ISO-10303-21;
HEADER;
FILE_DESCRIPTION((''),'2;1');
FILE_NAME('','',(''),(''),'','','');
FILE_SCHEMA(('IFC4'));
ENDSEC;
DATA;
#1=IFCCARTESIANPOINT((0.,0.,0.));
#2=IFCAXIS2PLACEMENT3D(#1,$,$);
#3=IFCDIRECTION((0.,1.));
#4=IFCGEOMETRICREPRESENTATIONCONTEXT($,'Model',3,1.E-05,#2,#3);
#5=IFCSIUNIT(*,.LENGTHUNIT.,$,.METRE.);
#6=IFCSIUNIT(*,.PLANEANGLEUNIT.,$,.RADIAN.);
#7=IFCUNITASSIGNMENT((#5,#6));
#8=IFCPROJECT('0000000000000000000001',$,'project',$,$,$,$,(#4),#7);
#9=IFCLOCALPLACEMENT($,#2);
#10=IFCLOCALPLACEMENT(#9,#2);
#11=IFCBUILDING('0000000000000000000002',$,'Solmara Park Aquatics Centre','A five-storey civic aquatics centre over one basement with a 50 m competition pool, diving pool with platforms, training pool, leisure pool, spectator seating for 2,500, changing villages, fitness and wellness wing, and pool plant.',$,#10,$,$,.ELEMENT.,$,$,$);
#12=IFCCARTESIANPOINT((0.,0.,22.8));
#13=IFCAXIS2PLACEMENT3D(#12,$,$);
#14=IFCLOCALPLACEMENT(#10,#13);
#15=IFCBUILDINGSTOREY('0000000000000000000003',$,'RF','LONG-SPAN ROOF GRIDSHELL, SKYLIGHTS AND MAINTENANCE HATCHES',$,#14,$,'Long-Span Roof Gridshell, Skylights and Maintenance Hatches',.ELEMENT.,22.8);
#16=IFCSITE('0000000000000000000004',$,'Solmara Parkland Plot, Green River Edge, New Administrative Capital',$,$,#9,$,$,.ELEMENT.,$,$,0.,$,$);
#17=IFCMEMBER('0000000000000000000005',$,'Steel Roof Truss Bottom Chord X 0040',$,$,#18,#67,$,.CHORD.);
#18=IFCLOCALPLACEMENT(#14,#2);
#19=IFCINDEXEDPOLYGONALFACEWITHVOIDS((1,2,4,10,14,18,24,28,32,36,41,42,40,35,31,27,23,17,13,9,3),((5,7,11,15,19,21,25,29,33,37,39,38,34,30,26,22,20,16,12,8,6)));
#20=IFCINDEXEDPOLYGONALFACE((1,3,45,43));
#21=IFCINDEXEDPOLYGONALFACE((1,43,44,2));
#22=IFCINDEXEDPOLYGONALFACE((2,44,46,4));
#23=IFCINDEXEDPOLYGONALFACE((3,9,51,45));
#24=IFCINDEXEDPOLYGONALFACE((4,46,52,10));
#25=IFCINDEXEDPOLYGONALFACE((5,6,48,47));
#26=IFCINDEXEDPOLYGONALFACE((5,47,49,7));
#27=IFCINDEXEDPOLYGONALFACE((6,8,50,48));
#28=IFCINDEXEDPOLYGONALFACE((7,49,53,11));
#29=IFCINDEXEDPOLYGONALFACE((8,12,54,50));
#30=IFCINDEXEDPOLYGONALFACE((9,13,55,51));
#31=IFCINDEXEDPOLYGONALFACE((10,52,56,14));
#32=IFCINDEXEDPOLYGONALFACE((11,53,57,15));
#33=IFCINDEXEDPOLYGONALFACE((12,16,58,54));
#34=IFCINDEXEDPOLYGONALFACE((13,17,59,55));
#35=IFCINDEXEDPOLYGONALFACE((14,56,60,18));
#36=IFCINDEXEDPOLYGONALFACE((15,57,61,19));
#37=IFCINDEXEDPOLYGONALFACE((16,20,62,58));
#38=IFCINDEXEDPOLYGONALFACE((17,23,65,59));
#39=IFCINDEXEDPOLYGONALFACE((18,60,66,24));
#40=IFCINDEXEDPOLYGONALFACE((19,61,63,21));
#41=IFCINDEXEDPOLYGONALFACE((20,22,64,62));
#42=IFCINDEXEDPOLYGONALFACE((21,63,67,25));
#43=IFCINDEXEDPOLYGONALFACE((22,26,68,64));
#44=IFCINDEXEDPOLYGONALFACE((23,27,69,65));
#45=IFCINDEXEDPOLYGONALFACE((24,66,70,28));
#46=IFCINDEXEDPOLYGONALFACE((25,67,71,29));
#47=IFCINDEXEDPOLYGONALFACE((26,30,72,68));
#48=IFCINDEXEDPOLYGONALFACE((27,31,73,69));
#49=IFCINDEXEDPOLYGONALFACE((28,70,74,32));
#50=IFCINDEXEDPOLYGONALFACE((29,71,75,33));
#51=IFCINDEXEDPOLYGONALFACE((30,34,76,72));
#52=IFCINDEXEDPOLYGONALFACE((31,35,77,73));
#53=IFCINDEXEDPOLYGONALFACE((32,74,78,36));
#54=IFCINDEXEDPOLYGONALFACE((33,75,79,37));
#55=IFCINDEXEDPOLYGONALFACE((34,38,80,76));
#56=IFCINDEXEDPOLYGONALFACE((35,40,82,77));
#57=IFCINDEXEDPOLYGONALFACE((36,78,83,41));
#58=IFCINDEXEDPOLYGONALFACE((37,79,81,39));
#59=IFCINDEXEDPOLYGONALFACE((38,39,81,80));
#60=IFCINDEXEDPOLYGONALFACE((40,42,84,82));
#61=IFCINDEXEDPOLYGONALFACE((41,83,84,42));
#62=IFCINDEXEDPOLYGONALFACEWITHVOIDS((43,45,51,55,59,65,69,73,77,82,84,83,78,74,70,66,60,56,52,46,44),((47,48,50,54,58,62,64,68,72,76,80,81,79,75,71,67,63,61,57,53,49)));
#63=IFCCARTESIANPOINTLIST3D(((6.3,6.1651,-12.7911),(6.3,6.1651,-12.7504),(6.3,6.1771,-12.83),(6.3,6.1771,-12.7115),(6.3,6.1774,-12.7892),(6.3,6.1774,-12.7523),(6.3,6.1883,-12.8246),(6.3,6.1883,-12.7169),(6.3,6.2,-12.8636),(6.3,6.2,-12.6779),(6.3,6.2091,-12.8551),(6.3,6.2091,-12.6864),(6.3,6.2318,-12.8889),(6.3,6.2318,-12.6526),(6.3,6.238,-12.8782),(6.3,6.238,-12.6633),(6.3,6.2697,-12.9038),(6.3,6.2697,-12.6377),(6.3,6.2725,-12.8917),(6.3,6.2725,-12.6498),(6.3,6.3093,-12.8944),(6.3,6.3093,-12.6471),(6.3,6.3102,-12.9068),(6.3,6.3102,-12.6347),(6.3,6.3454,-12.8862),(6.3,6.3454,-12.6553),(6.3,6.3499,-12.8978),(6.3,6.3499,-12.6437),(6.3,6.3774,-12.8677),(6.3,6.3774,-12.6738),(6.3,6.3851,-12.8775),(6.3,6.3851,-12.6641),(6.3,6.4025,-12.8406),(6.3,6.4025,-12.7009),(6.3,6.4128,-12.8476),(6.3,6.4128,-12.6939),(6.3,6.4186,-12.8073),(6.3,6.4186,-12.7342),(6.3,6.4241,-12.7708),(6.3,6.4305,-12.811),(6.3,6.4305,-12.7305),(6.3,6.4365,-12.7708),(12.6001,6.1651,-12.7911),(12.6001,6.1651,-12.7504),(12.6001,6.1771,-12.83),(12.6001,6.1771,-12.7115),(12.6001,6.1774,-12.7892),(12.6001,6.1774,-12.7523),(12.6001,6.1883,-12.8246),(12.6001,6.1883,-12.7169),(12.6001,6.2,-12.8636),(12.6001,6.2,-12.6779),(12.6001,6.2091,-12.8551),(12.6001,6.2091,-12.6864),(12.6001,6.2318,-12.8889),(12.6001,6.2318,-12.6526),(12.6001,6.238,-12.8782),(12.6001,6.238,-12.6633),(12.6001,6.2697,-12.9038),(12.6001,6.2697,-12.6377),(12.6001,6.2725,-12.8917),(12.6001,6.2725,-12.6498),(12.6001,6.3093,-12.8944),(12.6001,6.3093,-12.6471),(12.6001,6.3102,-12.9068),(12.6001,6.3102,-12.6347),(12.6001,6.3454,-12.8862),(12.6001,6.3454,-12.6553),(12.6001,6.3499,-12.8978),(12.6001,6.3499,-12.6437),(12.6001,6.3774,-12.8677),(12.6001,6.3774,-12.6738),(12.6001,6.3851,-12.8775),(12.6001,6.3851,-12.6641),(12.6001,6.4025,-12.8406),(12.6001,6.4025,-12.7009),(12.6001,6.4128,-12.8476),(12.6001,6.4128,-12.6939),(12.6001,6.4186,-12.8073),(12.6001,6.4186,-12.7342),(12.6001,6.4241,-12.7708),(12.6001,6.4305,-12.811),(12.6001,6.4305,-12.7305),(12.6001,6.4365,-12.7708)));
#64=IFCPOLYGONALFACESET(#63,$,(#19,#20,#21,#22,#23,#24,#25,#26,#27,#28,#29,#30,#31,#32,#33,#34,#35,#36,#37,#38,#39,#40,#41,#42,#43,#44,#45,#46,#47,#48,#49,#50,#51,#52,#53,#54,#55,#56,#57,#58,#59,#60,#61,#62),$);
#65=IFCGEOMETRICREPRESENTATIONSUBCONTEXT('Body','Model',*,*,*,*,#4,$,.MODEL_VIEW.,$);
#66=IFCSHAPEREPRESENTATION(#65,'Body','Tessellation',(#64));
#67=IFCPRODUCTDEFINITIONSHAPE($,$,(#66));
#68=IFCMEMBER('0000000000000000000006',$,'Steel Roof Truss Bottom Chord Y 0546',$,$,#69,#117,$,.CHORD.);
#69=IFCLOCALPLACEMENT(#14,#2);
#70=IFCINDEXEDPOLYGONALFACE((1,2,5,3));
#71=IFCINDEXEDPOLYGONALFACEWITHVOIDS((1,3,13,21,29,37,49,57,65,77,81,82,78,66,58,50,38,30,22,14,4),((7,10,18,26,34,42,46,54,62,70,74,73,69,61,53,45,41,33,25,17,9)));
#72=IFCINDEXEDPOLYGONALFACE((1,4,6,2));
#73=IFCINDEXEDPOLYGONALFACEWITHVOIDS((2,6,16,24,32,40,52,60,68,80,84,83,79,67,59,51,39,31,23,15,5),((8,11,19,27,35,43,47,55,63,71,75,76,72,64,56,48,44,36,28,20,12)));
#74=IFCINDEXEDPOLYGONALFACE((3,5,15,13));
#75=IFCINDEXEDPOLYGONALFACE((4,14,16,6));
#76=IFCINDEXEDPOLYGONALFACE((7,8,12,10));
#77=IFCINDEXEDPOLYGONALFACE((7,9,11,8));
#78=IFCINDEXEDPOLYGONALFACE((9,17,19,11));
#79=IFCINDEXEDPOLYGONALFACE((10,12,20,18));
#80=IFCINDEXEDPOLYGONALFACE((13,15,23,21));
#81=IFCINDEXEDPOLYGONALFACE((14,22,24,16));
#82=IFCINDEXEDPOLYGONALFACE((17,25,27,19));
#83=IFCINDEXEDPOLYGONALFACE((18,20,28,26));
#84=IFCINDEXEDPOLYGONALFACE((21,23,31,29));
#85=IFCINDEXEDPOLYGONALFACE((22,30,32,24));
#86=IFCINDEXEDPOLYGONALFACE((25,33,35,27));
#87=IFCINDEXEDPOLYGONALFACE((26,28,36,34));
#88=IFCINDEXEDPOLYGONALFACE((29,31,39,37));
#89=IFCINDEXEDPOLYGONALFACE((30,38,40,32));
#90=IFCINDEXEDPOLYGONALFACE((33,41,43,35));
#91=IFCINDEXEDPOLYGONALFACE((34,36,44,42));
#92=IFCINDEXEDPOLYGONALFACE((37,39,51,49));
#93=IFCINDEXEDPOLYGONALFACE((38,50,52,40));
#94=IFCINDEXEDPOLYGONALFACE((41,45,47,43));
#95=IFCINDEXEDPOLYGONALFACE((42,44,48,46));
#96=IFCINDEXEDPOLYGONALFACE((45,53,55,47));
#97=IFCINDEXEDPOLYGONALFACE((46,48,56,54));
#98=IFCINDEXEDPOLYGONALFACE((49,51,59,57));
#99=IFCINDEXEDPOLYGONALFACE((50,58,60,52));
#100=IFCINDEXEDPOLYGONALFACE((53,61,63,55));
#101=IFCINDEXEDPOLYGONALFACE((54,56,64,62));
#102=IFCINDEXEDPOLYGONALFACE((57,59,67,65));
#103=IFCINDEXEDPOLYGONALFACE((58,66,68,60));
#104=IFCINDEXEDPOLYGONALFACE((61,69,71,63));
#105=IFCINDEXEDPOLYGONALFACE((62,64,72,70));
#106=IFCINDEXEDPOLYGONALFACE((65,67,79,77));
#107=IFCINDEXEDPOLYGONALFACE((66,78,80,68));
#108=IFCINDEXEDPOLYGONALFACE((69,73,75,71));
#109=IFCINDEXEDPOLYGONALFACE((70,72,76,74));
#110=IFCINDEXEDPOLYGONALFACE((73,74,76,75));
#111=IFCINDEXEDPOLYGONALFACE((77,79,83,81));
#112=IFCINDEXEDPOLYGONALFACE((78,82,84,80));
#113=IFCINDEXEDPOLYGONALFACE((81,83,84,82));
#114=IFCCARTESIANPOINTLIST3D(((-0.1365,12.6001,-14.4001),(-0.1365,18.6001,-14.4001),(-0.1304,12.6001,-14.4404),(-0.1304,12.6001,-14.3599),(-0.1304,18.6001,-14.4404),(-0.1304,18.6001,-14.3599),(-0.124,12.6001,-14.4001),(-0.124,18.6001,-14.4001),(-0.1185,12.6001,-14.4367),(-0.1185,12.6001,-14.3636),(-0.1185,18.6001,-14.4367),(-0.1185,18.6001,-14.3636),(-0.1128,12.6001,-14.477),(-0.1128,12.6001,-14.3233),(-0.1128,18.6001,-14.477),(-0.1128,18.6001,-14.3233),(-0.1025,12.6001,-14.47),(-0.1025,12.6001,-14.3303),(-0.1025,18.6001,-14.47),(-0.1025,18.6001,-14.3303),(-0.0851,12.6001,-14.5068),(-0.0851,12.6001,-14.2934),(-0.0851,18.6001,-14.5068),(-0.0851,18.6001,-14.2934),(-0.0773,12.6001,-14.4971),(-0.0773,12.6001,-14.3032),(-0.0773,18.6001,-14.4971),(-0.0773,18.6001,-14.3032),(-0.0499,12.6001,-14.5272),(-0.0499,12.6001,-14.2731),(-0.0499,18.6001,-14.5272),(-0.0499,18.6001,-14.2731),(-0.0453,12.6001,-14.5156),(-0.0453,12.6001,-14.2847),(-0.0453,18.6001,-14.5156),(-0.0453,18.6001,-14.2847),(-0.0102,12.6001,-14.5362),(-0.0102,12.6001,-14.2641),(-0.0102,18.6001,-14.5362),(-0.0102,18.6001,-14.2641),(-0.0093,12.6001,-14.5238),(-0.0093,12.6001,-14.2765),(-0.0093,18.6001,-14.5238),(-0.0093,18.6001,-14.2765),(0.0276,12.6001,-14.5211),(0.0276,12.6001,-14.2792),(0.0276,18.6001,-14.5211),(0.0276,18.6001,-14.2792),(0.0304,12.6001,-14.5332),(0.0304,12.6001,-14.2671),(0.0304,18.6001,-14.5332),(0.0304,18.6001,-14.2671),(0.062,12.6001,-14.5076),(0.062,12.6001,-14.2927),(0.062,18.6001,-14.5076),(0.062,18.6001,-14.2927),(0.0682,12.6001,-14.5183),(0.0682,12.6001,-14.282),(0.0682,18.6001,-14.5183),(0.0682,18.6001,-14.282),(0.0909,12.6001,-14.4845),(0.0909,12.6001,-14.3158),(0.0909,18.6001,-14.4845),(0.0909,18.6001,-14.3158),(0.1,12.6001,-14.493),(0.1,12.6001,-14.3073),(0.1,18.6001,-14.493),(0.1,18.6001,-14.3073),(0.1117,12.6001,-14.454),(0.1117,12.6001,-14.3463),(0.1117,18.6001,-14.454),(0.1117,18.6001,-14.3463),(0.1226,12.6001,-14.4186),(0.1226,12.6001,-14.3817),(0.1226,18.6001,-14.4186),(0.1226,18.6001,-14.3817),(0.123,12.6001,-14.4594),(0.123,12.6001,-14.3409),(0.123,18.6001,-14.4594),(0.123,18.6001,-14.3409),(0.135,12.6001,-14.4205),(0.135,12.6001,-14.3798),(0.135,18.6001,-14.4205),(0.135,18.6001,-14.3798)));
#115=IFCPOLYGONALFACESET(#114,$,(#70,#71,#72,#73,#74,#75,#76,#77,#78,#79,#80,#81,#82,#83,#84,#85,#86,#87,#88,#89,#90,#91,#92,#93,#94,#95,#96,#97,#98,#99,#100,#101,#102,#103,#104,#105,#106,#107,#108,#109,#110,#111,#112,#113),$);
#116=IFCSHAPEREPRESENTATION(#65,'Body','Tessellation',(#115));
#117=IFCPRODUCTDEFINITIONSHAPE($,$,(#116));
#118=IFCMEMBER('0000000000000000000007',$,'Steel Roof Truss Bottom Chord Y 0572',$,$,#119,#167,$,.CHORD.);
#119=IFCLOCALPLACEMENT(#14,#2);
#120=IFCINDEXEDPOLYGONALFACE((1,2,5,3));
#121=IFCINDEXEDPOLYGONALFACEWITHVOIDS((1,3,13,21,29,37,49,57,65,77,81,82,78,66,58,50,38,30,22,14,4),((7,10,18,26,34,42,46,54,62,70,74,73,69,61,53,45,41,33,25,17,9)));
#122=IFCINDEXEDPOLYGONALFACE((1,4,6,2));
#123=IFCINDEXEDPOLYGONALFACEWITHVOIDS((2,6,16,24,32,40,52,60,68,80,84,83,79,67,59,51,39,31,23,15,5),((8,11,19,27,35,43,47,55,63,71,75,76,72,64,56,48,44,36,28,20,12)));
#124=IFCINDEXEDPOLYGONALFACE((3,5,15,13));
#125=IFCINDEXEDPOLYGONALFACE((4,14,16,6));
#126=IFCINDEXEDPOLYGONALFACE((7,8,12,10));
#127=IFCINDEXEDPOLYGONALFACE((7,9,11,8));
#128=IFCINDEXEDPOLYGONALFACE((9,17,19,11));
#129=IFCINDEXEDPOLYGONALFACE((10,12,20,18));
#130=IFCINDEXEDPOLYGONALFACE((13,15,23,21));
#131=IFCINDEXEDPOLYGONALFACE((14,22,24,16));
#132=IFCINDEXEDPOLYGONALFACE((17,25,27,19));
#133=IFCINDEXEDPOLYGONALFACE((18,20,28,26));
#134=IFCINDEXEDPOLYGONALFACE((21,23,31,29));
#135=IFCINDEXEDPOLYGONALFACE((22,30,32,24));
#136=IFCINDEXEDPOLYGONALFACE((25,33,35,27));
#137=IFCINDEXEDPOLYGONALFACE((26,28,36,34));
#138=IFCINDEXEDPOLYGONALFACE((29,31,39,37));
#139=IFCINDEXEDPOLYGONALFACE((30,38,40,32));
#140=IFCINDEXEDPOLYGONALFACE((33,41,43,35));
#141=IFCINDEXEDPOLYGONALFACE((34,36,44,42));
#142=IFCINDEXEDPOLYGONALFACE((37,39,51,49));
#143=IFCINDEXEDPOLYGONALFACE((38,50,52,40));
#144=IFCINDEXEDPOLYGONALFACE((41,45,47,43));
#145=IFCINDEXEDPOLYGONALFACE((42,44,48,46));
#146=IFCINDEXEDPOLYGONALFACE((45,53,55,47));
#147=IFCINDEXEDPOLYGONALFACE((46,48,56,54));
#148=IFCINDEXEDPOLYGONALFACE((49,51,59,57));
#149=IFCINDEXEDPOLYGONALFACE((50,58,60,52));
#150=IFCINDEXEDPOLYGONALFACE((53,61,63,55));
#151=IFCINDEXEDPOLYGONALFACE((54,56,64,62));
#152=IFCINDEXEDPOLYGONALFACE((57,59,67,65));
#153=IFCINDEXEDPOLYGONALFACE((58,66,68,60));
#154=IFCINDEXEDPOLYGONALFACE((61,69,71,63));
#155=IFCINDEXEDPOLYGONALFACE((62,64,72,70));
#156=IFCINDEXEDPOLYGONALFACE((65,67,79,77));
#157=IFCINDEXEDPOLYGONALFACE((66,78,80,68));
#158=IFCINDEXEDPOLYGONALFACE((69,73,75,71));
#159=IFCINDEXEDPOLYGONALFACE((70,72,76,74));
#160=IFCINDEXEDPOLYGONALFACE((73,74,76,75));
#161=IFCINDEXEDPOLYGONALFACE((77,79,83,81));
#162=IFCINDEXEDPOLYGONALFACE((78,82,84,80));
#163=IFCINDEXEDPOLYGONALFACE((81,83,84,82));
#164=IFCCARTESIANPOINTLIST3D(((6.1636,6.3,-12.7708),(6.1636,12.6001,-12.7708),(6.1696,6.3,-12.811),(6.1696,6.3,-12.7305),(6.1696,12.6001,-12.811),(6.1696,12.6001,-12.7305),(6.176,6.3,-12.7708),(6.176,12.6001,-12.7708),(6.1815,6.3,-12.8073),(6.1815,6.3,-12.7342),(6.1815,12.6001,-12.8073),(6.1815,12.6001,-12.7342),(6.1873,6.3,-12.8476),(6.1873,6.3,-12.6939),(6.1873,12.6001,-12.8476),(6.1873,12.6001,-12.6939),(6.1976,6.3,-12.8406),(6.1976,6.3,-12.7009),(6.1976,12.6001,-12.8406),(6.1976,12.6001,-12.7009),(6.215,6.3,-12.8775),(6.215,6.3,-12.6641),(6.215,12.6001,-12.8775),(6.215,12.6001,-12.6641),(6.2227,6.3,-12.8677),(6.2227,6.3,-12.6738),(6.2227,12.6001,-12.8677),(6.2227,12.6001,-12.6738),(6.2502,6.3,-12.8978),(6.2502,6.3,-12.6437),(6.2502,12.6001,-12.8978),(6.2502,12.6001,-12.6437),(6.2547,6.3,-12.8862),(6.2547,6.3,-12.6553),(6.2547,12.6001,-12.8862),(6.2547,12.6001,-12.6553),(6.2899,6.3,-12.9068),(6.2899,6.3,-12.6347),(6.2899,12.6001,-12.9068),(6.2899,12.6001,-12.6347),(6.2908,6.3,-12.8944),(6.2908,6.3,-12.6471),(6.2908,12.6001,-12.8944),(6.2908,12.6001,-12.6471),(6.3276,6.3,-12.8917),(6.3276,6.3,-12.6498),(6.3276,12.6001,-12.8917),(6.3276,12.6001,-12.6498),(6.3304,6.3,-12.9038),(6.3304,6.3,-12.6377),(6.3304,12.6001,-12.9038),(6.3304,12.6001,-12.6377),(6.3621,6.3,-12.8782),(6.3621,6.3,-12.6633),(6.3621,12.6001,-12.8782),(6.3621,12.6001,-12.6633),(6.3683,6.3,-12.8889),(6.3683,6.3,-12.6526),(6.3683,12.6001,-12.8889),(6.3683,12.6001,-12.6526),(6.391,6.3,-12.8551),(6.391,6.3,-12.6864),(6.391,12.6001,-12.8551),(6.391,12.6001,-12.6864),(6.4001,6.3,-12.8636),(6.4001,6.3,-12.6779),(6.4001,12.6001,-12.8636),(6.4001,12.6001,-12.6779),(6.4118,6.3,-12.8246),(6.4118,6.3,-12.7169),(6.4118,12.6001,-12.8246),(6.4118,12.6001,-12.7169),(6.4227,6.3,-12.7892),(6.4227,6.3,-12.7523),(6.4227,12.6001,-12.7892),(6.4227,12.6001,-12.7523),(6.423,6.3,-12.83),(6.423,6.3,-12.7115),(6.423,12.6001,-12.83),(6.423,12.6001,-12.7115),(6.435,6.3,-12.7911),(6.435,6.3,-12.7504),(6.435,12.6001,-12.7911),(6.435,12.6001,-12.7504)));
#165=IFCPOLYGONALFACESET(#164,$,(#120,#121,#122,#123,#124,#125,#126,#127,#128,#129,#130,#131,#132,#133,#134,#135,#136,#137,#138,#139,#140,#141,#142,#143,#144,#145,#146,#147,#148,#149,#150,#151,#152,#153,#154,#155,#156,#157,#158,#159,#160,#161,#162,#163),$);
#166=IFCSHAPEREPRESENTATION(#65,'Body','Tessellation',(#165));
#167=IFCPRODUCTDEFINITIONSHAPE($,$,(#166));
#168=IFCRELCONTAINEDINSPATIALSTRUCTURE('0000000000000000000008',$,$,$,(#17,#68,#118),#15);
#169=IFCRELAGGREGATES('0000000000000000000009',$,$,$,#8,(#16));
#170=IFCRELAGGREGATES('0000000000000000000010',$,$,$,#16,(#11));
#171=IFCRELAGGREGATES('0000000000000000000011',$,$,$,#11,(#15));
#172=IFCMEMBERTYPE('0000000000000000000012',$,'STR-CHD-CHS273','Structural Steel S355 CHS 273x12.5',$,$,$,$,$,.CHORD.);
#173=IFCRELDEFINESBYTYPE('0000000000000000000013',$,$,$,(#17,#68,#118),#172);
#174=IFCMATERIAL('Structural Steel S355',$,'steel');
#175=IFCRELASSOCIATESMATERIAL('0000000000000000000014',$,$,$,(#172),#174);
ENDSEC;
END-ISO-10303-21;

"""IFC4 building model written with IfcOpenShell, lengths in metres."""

from ifc_helpers import new_model, si_unit, direction, frame, origin, origin_2d, place, context, subcontext, project, spatial, hollow_circle, extrude, material, material_profile, profile_set, type_object, element, save


model = new_model("IFC4")

# Units and contexts
model_context = context("Model", 3, precision=1e-05, world=origin(), true_north=direction((0.0, 1.0)))
body_context = subcontext(model_context, "Body", "Model", "MODEL_VIEW")
ifc_project = project(units=[si_unit("LENGTHUNIT", "METRE"), si_unit("PLANEANGLEUNIT", "RADIAN")], contexts=[model_context])

# Site, building, storey
site_placement = place(None, origin())
site = spatial("IfcSite", under=ifc_project, at=site_placement, Name="Solmara Parkland Plot, Green River Edge, New Administrative Capital", CompositionType="ELEMENT", RefElevation=0.0)
building_placement = place(site_placement, origin())
building = spatial("IfcBuilding", under=site, at=building_placement, Name="Solmara Park Aquatics Centre", Description="A five-storey civic aquatics centre over one basement with a 50 m competition pool, diving pool with platforms, training pool, leisure pool, spectator seating for 2,500, changing villages, fitness and wellness wing, and pool plant.", CompositionType="ELEMENT")
storey_placement = place(building_placement, frame((0.0, 0.0, 22.8)))
storey = spatial("IfcBuildingStorey", under=building, at=storey_placement, Name="RF", Description="LONG-SPAN ROOF GRIDSHELL, SKYLIGHTS AND MAINTENANCE HATCHES", LongName="Long-Span Roof Gridshell, Skylights and Maintenance Hatches", CompositionType="ELEMENT", Elevation=22.8)

# Members
ifc_material_1 = material(Name="Structural Steel S355", Category="steel")
ifc_material_profile_1 = material_profile(ifc_material_1, hollow_circle(Radius=0.1365, WallThickness=0.0125, at=origin_2d()), Name="CHS 273x12.5")
ifc_profile_set_1 = profile_set([ifc_material_profile_1], Name="Structural Steel S355")
member_type_1 = type_object("IfcMemberType", Name="STR-CHD-CHS273", Description="Structural Steel S355 CHS 273x12.5", PredefinedType="CHORD", material=ifc_profile_set_1)
member_1_placement = place(storey_placement, frame((6.3, 6.3, -12.7708), z_axis=(1.0, 0.0, 0.0), x_axis=(0.0, 1.0, 0.0)))
element("IfcMember", 1, at=member_1_placement, inside=storey, type_object=member_type_1, Name="Steel Roof Truss Bottom Chord X 0040", PredefinedType="CHORD", context=body_context, shape_type="SweptSolid", body=[
    extrude(hollow_circle(Radius=0.1365, WallThickness=0.0125, at=origin_2d()), origin(), (0.0, 0.0, 1.0), 6.3),
])
member_2_placement = place(storey_placement, frame((0.0, 12.6001, -14.4001), z_axis=(0.0, 1.0, 0.0), x_axis=(-1.0, 0.0, 0.0)))
element("IfcMember", 2, at=member_2_placement, inside=storey, type_object=member_type_1, Name="Steel Roof Truss Bottom Chord Y 0546", PredefinedType="CHORD", context=body_context, shape_type="SweptSolid", body=[
    extrude(hollow_circle(Radius=0.1365, WallThickness=0.0125, at=origin_2d()), origin(), (0.0, 0.0, 1.0), 6.0),
])
member_3_placement = place(storey_placement, frame((6.3, 6.3, -12.7708), z_axis=(0.0, 1.0, 0.0), x_axis=(-1.0, 0.0, 0.0)))
element("IfcMember", 3, at=member_3_placement, inside=storey, type_object=member_type_1, Name="Steel Roof Truss Bottom Chord Y 0572", PredefinedType="CHORD", context=body_context, shape_type="SweptSolid", body=[
    extrude(hollow_circle(Radius=0.1365, WallThickness=0.0125, at=origin_2d()), origin(), (0.0, 0.0, 1.0), 6.3),
])

save(model, "model.ifc")
